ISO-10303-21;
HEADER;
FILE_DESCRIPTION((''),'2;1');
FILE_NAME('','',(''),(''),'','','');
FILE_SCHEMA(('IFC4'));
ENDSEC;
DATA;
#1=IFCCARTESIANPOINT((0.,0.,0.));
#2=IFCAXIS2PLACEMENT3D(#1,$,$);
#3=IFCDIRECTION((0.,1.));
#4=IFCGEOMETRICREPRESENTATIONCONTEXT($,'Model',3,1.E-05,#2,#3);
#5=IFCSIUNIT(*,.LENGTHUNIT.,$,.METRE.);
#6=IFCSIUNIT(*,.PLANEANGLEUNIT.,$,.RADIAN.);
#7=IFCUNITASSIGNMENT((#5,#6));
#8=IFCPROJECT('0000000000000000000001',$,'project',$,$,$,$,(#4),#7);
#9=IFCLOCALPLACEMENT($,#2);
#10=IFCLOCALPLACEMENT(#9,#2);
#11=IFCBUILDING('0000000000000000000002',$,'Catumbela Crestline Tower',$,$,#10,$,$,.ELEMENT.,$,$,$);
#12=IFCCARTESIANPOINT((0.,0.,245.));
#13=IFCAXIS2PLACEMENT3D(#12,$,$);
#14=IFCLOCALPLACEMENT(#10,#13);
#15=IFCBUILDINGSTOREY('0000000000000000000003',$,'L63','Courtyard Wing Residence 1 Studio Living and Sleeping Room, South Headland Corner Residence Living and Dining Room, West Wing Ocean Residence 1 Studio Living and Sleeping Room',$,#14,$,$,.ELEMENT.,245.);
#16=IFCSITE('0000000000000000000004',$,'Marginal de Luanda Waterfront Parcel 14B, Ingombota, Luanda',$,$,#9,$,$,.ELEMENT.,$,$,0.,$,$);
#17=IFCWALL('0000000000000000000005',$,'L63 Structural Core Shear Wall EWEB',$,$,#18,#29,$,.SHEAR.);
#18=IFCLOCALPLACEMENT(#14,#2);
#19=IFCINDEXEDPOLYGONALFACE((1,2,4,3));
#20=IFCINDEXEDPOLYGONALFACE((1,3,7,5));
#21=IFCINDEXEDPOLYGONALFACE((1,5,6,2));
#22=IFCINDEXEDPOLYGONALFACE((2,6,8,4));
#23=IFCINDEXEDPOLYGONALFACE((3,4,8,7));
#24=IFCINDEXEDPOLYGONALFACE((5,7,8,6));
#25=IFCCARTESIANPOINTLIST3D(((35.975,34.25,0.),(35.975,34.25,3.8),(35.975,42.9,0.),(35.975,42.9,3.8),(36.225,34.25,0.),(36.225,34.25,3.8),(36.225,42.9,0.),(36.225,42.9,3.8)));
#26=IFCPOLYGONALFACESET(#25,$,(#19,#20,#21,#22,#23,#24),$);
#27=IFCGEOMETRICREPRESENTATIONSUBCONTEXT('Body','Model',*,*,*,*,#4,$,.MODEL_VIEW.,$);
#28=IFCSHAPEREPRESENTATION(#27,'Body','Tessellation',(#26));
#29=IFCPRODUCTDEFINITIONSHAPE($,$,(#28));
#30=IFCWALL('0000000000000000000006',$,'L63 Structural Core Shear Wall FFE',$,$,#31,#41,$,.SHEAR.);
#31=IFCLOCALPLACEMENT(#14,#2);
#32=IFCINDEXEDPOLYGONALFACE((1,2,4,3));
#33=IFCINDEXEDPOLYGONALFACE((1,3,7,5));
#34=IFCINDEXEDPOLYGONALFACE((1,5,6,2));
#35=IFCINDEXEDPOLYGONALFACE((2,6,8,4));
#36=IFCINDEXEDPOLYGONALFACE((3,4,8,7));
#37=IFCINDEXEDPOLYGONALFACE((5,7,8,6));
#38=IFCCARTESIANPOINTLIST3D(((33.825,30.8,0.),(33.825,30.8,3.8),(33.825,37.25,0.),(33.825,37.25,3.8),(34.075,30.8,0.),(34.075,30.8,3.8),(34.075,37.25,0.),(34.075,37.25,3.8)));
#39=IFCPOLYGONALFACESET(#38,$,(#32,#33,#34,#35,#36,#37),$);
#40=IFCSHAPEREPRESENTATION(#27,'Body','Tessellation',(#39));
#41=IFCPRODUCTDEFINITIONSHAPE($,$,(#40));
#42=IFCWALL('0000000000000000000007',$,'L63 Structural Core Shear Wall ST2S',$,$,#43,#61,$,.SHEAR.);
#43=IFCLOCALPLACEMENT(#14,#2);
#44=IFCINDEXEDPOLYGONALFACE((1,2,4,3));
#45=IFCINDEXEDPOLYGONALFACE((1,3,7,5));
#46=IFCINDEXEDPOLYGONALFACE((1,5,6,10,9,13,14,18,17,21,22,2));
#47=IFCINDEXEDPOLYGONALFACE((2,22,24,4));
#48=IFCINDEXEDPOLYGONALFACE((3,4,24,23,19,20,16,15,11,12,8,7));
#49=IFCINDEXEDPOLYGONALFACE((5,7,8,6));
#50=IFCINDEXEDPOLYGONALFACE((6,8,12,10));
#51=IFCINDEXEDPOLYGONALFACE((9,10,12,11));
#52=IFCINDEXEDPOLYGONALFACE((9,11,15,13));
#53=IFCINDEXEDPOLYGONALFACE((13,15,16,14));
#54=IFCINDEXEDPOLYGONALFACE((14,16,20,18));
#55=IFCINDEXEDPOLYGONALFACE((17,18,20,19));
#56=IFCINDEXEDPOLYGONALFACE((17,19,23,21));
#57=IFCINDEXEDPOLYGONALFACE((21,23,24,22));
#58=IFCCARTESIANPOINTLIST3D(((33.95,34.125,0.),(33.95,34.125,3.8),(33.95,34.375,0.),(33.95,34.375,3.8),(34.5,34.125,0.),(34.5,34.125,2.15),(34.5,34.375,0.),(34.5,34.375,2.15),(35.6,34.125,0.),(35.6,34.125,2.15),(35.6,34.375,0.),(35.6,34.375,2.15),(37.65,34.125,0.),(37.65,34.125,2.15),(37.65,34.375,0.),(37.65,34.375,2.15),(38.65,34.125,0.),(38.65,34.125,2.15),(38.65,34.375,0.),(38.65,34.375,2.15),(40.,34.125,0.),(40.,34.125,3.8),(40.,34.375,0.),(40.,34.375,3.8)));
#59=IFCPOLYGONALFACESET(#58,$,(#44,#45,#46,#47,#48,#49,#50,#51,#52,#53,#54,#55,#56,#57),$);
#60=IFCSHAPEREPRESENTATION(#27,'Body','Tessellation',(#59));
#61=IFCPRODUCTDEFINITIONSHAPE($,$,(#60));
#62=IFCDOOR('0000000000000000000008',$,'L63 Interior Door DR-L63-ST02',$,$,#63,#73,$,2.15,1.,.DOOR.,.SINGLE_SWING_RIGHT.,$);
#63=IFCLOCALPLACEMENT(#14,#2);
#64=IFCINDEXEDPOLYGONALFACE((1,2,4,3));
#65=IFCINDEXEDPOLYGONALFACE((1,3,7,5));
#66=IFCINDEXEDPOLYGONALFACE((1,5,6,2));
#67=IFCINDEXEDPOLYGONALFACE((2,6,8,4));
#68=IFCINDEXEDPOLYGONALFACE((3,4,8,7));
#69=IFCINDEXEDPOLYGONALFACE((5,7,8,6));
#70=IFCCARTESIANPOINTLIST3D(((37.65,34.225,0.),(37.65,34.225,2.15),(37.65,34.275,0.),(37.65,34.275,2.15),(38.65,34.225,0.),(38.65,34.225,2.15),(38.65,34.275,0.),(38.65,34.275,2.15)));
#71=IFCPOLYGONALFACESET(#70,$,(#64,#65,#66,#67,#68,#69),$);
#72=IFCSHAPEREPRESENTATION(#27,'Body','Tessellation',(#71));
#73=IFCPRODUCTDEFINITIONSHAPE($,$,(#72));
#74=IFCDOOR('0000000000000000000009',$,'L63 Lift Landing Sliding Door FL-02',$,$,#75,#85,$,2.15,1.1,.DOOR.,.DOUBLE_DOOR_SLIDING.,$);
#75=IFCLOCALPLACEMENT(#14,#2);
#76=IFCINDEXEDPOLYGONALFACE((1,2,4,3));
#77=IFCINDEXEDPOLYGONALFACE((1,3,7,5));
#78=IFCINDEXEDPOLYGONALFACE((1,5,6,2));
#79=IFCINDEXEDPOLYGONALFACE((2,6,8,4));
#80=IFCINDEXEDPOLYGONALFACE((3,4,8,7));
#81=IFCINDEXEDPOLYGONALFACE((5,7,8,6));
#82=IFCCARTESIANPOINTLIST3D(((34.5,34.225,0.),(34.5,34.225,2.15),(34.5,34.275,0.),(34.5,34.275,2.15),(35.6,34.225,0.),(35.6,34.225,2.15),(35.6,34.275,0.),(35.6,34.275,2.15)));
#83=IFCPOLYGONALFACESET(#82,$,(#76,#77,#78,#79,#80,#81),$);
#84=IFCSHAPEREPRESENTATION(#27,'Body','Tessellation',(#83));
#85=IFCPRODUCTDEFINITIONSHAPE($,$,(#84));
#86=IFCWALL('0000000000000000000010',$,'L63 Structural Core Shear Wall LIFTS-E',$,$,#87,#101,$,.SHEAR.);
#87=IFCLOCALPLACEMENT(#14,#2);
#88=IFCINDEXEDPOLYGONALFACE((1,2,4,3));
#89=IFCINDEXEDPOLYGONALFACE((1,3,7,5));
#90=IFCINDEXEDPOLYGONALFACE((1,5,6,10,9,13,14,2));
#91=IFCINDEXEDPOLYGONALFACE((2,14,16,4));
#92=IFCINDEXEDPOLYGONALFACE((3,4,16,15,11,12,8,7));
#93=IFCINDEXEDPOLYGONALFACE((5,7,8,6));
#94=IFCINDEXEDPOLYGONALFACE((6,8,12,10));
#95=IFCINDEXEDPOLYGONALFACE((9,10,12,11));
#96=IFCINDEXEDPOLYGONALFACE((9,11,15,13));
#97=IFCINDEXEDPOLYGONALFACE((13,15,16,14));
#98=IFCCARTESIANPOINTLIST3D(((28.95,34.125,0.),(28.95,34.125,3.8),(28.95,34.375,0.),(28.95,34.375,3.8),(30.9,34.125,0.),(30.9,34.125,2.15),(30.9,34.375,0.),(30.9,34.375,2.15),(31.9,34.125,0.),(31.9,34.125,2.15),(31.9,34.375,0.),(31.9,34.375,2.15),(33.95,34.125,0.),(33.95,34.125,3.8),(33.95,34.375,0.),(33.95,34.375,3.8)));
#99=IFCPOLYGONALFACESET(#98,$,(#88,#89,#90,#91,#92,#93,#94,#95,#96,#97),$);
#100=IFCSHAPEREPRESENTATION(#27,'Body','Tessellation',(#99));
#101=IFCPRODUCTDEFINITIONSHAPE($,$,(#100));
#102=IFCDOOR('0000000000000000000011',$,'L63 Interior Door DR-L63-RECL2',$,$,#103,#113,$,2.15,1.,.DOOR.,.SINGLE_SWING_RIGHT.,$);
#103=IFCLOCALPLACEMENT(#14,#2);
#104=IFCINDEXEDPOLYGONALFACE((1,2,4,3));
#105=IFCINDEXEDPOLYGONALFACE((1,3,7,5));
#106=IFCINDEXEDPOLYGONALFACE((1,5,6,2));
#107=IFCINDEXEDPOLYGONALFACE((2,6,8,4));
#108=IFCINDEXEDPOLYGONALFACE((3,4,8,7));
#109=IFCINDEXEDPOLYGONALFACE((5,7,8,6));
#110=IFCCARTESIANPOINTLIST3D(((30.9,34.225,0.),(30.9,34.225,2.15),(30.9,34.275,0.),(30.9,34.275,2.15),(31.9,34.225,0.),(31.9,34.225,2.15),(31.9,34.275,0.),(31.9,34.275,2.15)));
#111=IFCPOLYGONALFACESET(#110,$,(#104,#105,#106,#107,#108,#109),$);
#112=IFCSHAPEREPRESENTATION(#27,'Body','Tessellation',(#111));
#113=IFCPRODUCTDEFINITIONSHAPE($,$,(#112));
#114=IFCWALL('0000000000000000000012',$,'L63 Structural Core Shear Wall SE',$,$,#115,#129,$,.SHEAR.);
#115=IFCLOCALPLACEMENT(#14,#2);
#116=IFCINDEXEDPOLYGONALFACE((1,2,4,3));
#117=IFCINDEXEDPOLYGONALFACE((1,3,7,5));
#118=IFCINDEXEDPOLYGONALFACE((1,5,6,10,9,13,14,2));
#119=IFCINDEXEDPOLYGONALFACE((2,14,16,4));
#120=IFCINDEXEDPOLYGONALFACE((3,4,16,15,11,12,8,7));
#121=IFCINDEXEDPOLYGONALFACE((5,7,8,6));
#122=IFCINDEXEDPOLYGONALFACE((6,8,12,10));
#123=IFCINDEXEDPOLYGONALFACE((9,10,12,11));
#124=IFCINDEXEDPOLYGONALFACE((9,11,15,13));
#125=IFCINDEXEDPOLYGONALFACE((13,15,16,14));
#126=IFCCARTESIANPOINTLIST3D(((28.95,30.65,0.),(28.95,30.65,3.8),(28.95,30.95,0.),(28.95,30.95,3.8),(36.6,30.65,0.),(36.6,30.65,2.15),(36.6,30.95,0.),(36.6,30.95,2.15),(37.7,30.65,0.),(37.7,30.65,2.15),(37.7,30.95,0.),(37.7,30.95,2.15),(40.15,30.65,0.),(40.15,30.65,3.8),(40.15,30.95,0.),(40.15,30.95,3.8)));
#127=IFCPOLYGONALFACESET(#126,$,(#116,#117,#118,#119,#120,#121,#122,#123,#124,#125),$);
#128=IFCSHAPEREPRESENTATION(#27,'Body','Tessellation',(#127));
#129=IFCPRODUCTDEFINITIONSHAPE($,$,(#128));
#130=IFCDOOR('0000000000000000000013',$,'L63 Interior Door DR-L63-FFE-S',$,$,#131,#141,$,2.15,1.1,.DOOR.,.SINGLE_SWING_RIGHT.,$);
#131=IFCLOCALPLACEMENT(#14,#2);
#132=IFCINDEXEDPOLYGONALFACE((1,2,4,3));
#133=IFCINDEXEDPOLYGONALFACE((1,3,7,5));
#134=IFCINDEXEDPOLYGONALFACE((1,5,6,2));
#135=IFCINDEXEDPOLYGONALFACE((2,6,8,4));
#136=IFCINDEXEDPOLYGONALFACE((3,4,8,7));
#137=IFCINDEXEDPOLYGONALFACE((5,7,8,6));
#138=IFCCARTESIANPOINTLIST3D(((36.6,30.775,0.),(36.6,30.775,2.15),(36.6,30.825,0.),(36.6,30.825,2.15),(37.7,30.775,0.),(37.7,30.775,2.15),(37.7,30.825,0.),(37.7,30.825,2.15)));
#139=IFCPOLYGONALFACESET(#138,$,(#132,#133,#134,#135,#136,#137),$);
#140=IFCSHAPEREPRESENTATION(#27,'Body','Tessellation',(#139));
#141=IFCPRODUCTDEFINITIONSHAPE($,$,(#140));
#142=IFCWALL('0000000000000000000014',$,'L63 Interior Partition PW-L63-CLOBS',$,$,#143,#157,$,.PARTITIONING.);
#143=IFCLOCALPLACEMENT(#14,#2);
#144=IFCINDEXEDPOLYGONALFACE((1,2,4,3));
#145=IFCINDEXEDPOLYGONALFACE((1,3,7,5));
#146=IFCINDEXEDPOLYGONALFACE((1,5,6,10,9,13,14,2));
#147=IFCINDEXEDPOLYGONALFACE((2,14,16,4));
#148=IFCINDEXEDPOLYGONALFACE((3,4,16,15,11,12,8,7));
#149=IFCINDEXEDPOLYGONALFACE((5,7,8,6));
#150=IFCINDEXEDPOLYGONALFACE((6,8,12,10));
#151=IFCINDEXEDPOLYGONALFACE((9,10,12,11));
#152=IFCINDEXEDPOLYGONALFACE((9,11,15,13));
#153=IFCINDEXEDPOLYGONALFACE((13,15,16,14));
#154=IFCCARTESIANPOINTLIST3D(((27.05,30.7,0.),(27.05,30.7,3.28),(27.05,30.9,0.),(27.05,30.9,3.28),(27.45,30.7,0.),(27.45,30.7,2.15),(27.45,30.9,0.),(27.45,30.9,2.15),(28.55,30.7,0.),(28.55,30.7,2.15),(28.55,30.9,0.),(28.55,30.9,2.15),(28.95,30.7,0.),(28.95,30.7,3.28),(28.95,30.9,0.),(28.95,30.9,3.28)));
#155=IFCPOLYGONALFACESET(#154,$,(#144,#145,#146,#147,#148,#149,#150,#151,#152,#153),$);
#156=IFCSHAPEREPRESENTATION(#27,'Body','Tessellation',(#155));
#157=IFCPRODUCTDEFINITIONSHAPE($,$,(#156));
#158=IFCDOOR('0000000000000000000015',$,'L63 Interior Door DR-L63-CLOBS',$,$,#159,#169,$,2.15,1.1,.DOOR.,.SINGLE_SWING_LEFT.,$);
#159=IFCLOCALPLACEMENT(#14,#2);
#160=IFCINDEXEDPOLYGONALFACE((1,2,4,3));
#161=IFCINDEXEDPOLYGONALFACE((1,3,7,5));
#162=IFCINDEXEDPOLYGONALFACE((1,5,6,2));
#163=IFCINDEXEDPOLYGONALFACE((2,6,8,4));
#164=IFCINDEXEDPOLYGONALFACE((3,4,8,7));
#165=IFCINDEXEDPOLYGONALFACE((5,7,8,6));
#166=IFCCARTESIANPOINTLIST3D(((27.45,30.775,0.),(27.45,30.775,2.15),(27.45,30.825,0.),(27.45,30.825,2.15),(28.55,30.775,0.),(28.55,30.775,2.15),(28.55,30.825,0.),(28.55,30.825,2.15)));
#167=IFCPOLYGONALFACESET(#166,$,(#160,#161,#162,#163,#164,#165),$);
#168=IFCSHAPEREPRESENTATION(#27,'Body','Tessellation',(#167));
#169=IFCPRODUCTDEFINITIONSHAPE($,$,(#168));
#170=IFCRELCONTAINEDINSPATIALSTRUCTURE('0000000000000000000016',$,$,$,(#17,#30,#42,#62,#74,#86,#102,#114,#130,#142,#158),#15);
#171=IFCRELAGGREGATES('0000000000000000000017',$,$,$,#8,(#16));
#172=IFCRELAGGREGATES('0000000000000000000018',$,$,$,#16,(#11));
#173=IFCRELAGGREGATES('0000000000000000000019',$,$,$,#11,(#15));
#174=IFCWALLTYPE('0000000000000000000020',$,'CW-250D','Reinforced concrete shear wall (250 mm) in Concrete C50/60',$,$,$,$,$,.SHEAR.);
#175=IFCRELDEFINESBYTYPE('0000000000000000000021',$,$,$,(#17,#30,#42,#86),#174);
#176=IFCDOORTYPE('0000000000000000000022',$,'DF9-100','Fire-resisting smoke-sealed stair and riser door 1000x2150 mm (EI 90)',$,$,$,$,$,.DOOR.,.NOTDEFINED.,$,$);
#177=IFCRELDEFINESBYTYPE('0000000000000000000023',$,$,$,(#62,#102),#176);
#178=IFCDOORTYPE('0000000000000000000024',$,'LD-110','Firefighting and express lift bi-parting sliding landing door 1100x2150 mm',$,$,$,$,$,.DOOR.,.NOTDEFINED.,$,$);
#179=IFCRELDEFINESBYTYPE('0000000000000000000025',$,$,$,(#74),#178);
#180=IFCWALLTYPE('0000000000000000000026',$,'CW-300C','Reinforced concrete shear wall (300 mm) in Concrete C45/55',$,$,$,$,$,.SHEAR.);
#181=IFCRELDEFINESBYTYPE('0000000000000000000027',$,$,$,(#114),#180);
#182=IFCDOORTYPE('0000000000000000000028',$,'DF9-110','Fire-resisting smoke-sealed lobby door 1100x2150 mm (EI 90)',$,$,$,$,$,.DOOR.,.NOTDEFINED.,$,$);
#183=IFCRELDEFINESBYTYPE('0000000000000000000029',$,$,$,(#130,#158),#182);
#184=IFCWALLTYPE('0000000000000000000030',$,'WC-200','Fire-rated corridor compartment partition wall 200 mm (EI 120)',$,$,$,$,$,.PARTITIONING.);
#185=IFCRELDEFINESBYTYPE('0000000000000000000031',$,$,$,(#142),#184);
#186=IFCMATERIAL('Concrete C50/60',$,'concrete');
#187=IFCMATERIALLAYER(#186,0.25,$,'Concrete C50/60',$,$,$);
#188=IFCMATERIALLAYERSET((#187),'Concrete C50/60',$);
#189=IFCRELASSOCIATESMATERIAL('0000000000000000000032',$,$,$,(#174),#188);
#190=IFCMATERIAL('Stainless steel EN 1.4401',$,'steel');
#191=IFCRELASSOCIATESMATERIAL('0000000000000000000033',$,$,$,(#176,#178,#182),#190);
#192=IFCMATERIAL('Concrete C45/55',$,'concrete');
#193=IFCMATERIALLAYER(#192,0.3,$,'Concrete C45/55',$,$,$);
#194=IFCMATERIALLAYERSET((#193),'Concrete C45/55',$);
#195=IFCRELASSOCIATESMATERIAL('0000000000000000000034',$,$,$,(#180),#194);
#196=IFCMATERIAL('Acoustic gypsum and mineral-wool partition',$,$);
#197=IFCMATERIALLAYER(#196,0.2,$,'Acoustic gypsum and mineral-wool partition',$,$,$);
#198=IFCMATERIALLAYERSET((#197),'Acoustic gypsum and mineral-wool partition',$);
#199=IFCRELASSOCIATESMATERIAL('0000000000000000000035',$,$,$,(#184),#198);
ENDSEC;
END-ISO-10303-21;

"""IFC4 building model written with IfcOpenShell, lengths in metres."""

from ifc_helpers import new_model, si_unit, direction, frame, frame_2d, origin, place, context, subcontext, project, spatial, rectangle, extrude, material, layer, layer_set, type_object, element, fill, save


model = new_model("IFC4")

# Units and contexts
model_context = context("Model", 3, precision=1e-05, world=origin(), true_north=direction((0.0, 1.0)))
body_context = subcontext(model_context, "Body", "Model", "MODEL_VIEW")
ifc_project = project(units=[si_unit("LENGTHUNIT", "METRE"), si_unit("PLANEANGLEUNIT", "RADIAN")], contexts=[model_context])

# Site, building, storey
site_placement = place(None, origin())
site = spatial("IfcSite", under=ifc_project, at=site_placement, Name="Marginal de Luanda Waterfront Parcel 14B, Ingombota, Luanda", CompositionType="ELEMENT", RefElevation=0.0)
building_placement = place(site_placement, origin())
building = spatial("IfcBuilding", under=site, at=building_placement, Name="Catumbela Crestline Tower", CompositionType="ELEMENT")
storey_placement = place(building_placement, frame((0.0, 0.0, 245.0)))
storey = spatial("IfcBuildingStorey", under=building, at=storey_placement, Name="L63", Description="Courtyard Wing Residence 1 Studio Living and Sleeping Room, South Headland Corner Residence Living and Dining Room, West Wing Ocean Residence 1 Studio Living and Sleeping Room", CompositionType="ELEMENT", Elevation=245.0)

# Walls
ifc_material_1 = material(Name="Concrete C50/60", Category="concrete")
ifc_layer_1 = layer(ifc_material_1, 0.25, Name="Concrete C50/60")
ifc_layer_set_1 = layer_set([ifc_layer_1], Name="Concrete C50/60")
wall_type_1 = type_object("IfcWallType", Name="CW-250D", Description="Reinforced concrete shear wall (250 mm) in Concrete C50/60", PredefinedType="SHEAR", material=ifc_layer_set_1)
wall_1_placement = place(storey_placement, frame((36.1, 34.25, 0.0), z_axis=(0.0, 0.0, 1.0), x_axis=(0.0, 1.0, 0.0)))
element("IfcWall", 1, at=wall_1_placement, inside=storey, type_object=wall_type_1, Name="L63 Structural Core Shear Wall EWEB", PredefinedType="SHEAR", context=body_context, shape_type="SweptSolid", body=[
    extrude(rectangle(XDim=8.65, YDim=0.25, at=frame_2d((4.325, 0.0))), origin(), (0.0, 0.0, 1.0), 3.8),
])
wall_2_placement = place(storey_placement, frame((33.95, 30.8, 0.0), z_axis=(0.0, 0.0, 1.0), x_axis=(0.0, 1.0, 0.0)))
element("IfcWall", 2, at=wall_2_placement, inside=storey, type_object=wall_type_1, Name="L63 Structural Core Shear Wall FFE", PredefinedType="SHEAR", context=body_context, shape_type="SweptSolid", body=[
    extrude(rectangle(XDim=6.45, YDim=0.25, at=frame_2d((3.225, 0.0))), origin(), (0.0, 0.0, 1.0), 3.8),
])

# Wall, openings, doors
wall_3_placement = place(storey_placement, frame((33.95, 34.25, 0.0), z_axis=(0.0, 0.0, 1.0), x_axis=(1.0, 0.0, 0.0)))
wall_3 = element("IfcWall", 3, at=wall_3_placement, inside=storey, type_object=wall_type_1, Name="L63 Structural Core Shear Wall ST2S", PredefinedType="SHEAR", context=body_context, shape_type="SweptSolid", body=[
    extrude(rectangle(XDim=6.05, YDim=0.25, at=frame_2d((3.025, 0.0))), origin(), (0.0, 0.0, 1.0), 3.8),
])
opening_1_placement = place(wall_3_placement, frame((3.7, 0.0, 0.0)))
opening_1 = element("IfcOpeningElement", 4, at=opening_1_placement, cuts=wall_3, PredefinedType="OPENING", context=body_context, shape_type="SweptSolid", body=[
    extrude(rectangle(XDim=1.0, YDim=2.15, at=frame_2d((0.5, 1.075))), frame((0.0, 0.135, 0.0), z_axis=(0.0, -1.0, 0.0), x_axis=(1.0, 0.0, 0.0)), (0.0, 0.0, 1.0), 0.27),
])
opening_2_placement = place(wall_3_placement, frame((0.55, 0.0, 0.0)))
opening_2 = element("IfcOpeningElement", 5, at=opening_2_placement, cuts=wall_3, PredefinedType="OPENING", context=body_context, shape_type="SweptSolid", body=[
    extrude(rectangle(XDim=1.1, YDim=2.15, at=frame_2d((0.55, 1.075))), frame((0.0, 0.135, 0.0), z_axis=(0.0, -1.0, 0.0), x_axis=(1.0, 0.0, 0.0)), (0.0, 0.0, 1.0), 0.27),
])
ifc_material_2 = material(Name="Stainless steel EN 1.4401", Category="steel")
door_type_1 = type_object("IfcDoorType", Name="DF9-100", Description="Fire-resisting smoke-sealed stair and riser door 1000x2150 mm (EI 90)", OperationType="NOTDEFINED", PredefinedType="DOOR", material=ifc_material_2)
door_1_placement = place(opening_1_placement, origin())
door_1 = element("IfcDoor", 6, at=door_1_placement, inside=storey, type_object=door_type_1, Name="L63 Interior Door DR-L63-ST02", OperationType="SINGLE_SWING_RIGHT", OverallHeight=2.15, OverallWidth=1.0, PredefinedType="DOOR", context=body_context, shape_type="SweptSolid", body=[
    extrude(rectangle(XDim=1.0, YDim=2.15, at=frame_2d((0.5, 1.075))), frame((0.0, 0.025, 0.0), z_axis=(0.0, -1.0, 0.0), x_axis=(1.0, 0.0, 0.0)), (0.0, 0.0, 1.0), 0.05),
])
fill(opening_1, door_1)
door_type_2 = type_object("IfcDoorType", Name="LD-110", Description="Firefighting and express lift bi-parting sliding landing door 1100x2150 mm", OperationType="NOTDEFINED", PredefinedType="DOOR", material=ifc_material_2)
door_2_placement = place(opening_2_placement, origin())
door_2 = element("IfcDoor", 7, at=door_2_placement, inside=storey, type_object=door_type_2, Name="L63 Lift Landing Sliding Door FL-02", OperationType="DOUBLE_DOOR_SLIDING", OverallHeight=2.15, OverallWidth=1.1, PredefinedType="DOOR", context=body_context, shape_type="SweptSolid", body=[
    extrude(rectangle(XDim=1.1, YDim=2.15, at=frame_2d((0.55, 1.075))), frame((0.0, 0.025, 0.0), z_axis=(0.0, -1.0, 0.0), x_axis=(1.0, 0.0, 0.0)), (0.0, 0.0, 1.0), 0.05),
])
fill(opening_2, door_2)

# Walls, openings, doors
wall_4_placement = place(storey_placement, frame((28.95, 34.25, 0.0), z_axis=(0.0, 0.0, 1.0), x_axis=(1.0, 0.0, 0.0)))
wall_4 = element("IfcWall", 8, at=wall_4_placement, inside=storey, type_object=wall_type_1, Name="L63 Structural Core Shear Wall LIFTS-E", PredefinedType="SHEAR", context=body_context, shape_type="SweptSolid", body=[
    extrude(rectangle(XDim=5.0, YDim=0.25, at=frame_2d((2.5, 0.0))), origin(), (0.0, 0.0, 1.0), 3.8),
])
opening_3_placement = place(wall_4_placement, frame((1.95, 0.0, 0.0)))
opening_3 = element("IfcOpeningElement", 9, at=opening_3_placement, cuts=wall_4, PredefinedType="OPENING", context=body_context, shape_type="SweptSolid", body=[
    extrude(rectangle(XDim=1.0, YDim=2.15, at=frame_2d((0.5, 1.075))), frame((0.0, 0.135, 0.0), z_axis=(0.0, -1.0, 0.0), x_axis=(1.0, 0.0, 0.0)), (0.0, 0.0, 1.0), 0.27),
])
door_3_placement = place(opening_3_placement, origin())
door_3 = element("IfcDoor", 10, at=door_3_placement, inside=storey, type_object=door_type_1, Name="L63 Interior Door DR-L63-RECL2", OperationType="SINGLE_SWING_RIGHT", OverallHeight=2.15, OverallWidth=1.0, PredefinedType="DOOR", context=body_context, shape_type="SweptSolid", body=[
    extrude(rectangle(XDim=1.0, YDim=2.15, at=frame_2d((0.5, 1.075))), frame((0.0, 0.025, 0.0), z_axis=(0.0, -1.0, 0.0), x_axis=(1.0, 0.0, 0.0)), (0.0, 0.0, 1.0), 0.05),
])
fill(opening_3, door_3)
ifc_material_3 = material(Name="Concrete C45/55", Category="concrete")
ifc_layer_2 = layer(ifc_material_3, 0.3, Name="Concrete C45/55")
ifc_layer_set_2 = layer_set([ifc_layer_2], Name="Concrete C45/55")
wall_type_2 = type_object("IfcWallType", Name="CW-300C", Description="Reinforced concrete shear wall (300 mm) in Concrete C45/55", PredefinedType="SHEAR", material=ifc_layer_set_2)
wall_5_placement = place(storey_placement, frame((28.95, 30.8, 0.0), z_axis=(0.0, 0.0, 1.0), x_axis=(1.0, 0.0, 0.0)))
wall_5 = element("IfcWall", 11, at=wall_5_placement, inside=storey, type_object=wall_type_2, Name="L63 Structural Core Shear Wall SE", PredefinedType="SHEAR", context=body_context, shape_type="SweptSolid", body=[
    extrude(rectangle(XDim=11.2, YDim=0.3, at=frame_2d((5.6, 0.0))), origin(), (0.0, 0.0, 1.0), 3.8),
])
opening_4_placement = place(wall_5_placement, frame((7.65, 0.0, 0.0)))
opening_4 = element("IfcOpeningElement", 12, at=opening_4_placement, cuts=wall_5, PredefinedType="OPENING", context=body_context, shape_type="SweptSolid", body=[
    extrude(rectangle(XDim=1.1, YDim=2.15, at=frame_2d((0.55, 1.075))), frame((0.0, 0.16, 0.0), z_axis=(0.0, -1.0, 0.0), x_axis=(1.0, 0.0, 0.0)), (0.0, 0.0, 1.0), 0.32),
])
door_type_3 = type_object("IfcDoorType", Name="DF9-110", Description="Fire-resisting smoke-sealed lobby door 1100x2150 mm (EI 90)", OperationType="NOTDEFINED", PredefinedType="DOOR", material=ifc_material_2)
door_4_placement = place(opening_4_placement, origin())
door_4 = element("IfcDoor", 13, at=door_4_placement, inside=storey, type_object=door_type_3, Name="L63 Interior Door DR-L63-FFE-S", OperationType="SINGLE_SWING_RIGHT", OverallHeight=2.15, OverallWidth=1.1, PredefinedType="DOOR", context=body_context, shape_type="SweptSolid", body=[
    extrude(rectangle(XDim=1.1, YDim=2.15, at=frame_2d((0.55, 1.075))), frame((0.0, 0.025, 0.0), z_axis=(0.0, -1.0, 0.0), x_axis=(1.0, 0.0, 0.0)), (0.0, 0.0, 1.0), 0.05),
])
fill(opening_4, door_4)
ifc_material_4 = material(Name="Acoustic gypsum and mineral-wool partition")
ifc_layer_3 = layer(ifc_material_4, 0.2, Name="Acoustic gypsum and mineral-wool partition")
ifc_layer_set_3 = layer_set([ifc_layer_3], Name="Acoustic gypsum and mineral-wool partition")
wall_type_3 = type_object("IfcWallType", Name="WC-200", Description="Fire-rated corridor compartment partition wall 200 mm (EI 120)", PredefinedType="PARTITIONING", material=ifc_layer_set_3)
wall_6_placement = place(storey_placement, frame((27.05, 30.8, 0.0), z_axis=(0.0, 0.0, 1.0), x_axis=(1.0, 0.0, 0.0)))
wall_6 = element("IfcWall", 14, at=wall_6_placement, inside=storey, type_object=wall_type_3, Name="L63 Interior Partition PW-L63-CLOBS", PredefinedType="PARTITIONING", context=body_context, shape_type="SweptSolid", body=[
    extrude(rectangle(XDim=1.9, YDim=0.2, at=frame_2d((0.95, 0.0))), origin(), (0.0, 0.0, 1.0), 3.28),
])
opening_5_placement = place(wall_6_placement, frame((0.4, 0.0, 0.0)))
opening_5 = element("IfcOpeningElement", 15, at=opening_5_placement, cuts=wall_6, PredefinedType="OPENING", context=body_context, shape_type="SweptSolid", body=[
    extrude(rectangle(XDim=1.1, YDim=2.15, at=frame_2d((0.55, 1.075))), frame((0.0, 0.11, 0.0), z_axis=(0.0, -1.0, 0.0), x_axis=(1.0, 0.0, 0.0)), (0.0, 0.0, 1.0), 0.22),
])
door_5_placement = place(opening_5_placement, origin())
door_5 = element("IfcDoor", 16, at=door_5_placement, inside=storey, type_object=door_type_3, Name="L63 Interior Door DR-L63-CLOBS", OperationType="SINGLE_SWING_LEFT", OverallHeight=2.15, OverallWidth=1.1, PredefinedType="DOOR", context=body_context, shape_type="SweptSolid", body=[
    extrude(rectangle(XDim=1.1, YDim=2.15, at=frame_2d((0.55, 1.075))), frame((0.0, 0.025, 0.0), z_axis=(0.0, -1.0, 0.0), x_axis=(1.0, 0.0, 0.0)), (0.0, 0.0, 1.0), 0.05),
])
fill(opening_5, door_5)

save(model, "model.ifc")
